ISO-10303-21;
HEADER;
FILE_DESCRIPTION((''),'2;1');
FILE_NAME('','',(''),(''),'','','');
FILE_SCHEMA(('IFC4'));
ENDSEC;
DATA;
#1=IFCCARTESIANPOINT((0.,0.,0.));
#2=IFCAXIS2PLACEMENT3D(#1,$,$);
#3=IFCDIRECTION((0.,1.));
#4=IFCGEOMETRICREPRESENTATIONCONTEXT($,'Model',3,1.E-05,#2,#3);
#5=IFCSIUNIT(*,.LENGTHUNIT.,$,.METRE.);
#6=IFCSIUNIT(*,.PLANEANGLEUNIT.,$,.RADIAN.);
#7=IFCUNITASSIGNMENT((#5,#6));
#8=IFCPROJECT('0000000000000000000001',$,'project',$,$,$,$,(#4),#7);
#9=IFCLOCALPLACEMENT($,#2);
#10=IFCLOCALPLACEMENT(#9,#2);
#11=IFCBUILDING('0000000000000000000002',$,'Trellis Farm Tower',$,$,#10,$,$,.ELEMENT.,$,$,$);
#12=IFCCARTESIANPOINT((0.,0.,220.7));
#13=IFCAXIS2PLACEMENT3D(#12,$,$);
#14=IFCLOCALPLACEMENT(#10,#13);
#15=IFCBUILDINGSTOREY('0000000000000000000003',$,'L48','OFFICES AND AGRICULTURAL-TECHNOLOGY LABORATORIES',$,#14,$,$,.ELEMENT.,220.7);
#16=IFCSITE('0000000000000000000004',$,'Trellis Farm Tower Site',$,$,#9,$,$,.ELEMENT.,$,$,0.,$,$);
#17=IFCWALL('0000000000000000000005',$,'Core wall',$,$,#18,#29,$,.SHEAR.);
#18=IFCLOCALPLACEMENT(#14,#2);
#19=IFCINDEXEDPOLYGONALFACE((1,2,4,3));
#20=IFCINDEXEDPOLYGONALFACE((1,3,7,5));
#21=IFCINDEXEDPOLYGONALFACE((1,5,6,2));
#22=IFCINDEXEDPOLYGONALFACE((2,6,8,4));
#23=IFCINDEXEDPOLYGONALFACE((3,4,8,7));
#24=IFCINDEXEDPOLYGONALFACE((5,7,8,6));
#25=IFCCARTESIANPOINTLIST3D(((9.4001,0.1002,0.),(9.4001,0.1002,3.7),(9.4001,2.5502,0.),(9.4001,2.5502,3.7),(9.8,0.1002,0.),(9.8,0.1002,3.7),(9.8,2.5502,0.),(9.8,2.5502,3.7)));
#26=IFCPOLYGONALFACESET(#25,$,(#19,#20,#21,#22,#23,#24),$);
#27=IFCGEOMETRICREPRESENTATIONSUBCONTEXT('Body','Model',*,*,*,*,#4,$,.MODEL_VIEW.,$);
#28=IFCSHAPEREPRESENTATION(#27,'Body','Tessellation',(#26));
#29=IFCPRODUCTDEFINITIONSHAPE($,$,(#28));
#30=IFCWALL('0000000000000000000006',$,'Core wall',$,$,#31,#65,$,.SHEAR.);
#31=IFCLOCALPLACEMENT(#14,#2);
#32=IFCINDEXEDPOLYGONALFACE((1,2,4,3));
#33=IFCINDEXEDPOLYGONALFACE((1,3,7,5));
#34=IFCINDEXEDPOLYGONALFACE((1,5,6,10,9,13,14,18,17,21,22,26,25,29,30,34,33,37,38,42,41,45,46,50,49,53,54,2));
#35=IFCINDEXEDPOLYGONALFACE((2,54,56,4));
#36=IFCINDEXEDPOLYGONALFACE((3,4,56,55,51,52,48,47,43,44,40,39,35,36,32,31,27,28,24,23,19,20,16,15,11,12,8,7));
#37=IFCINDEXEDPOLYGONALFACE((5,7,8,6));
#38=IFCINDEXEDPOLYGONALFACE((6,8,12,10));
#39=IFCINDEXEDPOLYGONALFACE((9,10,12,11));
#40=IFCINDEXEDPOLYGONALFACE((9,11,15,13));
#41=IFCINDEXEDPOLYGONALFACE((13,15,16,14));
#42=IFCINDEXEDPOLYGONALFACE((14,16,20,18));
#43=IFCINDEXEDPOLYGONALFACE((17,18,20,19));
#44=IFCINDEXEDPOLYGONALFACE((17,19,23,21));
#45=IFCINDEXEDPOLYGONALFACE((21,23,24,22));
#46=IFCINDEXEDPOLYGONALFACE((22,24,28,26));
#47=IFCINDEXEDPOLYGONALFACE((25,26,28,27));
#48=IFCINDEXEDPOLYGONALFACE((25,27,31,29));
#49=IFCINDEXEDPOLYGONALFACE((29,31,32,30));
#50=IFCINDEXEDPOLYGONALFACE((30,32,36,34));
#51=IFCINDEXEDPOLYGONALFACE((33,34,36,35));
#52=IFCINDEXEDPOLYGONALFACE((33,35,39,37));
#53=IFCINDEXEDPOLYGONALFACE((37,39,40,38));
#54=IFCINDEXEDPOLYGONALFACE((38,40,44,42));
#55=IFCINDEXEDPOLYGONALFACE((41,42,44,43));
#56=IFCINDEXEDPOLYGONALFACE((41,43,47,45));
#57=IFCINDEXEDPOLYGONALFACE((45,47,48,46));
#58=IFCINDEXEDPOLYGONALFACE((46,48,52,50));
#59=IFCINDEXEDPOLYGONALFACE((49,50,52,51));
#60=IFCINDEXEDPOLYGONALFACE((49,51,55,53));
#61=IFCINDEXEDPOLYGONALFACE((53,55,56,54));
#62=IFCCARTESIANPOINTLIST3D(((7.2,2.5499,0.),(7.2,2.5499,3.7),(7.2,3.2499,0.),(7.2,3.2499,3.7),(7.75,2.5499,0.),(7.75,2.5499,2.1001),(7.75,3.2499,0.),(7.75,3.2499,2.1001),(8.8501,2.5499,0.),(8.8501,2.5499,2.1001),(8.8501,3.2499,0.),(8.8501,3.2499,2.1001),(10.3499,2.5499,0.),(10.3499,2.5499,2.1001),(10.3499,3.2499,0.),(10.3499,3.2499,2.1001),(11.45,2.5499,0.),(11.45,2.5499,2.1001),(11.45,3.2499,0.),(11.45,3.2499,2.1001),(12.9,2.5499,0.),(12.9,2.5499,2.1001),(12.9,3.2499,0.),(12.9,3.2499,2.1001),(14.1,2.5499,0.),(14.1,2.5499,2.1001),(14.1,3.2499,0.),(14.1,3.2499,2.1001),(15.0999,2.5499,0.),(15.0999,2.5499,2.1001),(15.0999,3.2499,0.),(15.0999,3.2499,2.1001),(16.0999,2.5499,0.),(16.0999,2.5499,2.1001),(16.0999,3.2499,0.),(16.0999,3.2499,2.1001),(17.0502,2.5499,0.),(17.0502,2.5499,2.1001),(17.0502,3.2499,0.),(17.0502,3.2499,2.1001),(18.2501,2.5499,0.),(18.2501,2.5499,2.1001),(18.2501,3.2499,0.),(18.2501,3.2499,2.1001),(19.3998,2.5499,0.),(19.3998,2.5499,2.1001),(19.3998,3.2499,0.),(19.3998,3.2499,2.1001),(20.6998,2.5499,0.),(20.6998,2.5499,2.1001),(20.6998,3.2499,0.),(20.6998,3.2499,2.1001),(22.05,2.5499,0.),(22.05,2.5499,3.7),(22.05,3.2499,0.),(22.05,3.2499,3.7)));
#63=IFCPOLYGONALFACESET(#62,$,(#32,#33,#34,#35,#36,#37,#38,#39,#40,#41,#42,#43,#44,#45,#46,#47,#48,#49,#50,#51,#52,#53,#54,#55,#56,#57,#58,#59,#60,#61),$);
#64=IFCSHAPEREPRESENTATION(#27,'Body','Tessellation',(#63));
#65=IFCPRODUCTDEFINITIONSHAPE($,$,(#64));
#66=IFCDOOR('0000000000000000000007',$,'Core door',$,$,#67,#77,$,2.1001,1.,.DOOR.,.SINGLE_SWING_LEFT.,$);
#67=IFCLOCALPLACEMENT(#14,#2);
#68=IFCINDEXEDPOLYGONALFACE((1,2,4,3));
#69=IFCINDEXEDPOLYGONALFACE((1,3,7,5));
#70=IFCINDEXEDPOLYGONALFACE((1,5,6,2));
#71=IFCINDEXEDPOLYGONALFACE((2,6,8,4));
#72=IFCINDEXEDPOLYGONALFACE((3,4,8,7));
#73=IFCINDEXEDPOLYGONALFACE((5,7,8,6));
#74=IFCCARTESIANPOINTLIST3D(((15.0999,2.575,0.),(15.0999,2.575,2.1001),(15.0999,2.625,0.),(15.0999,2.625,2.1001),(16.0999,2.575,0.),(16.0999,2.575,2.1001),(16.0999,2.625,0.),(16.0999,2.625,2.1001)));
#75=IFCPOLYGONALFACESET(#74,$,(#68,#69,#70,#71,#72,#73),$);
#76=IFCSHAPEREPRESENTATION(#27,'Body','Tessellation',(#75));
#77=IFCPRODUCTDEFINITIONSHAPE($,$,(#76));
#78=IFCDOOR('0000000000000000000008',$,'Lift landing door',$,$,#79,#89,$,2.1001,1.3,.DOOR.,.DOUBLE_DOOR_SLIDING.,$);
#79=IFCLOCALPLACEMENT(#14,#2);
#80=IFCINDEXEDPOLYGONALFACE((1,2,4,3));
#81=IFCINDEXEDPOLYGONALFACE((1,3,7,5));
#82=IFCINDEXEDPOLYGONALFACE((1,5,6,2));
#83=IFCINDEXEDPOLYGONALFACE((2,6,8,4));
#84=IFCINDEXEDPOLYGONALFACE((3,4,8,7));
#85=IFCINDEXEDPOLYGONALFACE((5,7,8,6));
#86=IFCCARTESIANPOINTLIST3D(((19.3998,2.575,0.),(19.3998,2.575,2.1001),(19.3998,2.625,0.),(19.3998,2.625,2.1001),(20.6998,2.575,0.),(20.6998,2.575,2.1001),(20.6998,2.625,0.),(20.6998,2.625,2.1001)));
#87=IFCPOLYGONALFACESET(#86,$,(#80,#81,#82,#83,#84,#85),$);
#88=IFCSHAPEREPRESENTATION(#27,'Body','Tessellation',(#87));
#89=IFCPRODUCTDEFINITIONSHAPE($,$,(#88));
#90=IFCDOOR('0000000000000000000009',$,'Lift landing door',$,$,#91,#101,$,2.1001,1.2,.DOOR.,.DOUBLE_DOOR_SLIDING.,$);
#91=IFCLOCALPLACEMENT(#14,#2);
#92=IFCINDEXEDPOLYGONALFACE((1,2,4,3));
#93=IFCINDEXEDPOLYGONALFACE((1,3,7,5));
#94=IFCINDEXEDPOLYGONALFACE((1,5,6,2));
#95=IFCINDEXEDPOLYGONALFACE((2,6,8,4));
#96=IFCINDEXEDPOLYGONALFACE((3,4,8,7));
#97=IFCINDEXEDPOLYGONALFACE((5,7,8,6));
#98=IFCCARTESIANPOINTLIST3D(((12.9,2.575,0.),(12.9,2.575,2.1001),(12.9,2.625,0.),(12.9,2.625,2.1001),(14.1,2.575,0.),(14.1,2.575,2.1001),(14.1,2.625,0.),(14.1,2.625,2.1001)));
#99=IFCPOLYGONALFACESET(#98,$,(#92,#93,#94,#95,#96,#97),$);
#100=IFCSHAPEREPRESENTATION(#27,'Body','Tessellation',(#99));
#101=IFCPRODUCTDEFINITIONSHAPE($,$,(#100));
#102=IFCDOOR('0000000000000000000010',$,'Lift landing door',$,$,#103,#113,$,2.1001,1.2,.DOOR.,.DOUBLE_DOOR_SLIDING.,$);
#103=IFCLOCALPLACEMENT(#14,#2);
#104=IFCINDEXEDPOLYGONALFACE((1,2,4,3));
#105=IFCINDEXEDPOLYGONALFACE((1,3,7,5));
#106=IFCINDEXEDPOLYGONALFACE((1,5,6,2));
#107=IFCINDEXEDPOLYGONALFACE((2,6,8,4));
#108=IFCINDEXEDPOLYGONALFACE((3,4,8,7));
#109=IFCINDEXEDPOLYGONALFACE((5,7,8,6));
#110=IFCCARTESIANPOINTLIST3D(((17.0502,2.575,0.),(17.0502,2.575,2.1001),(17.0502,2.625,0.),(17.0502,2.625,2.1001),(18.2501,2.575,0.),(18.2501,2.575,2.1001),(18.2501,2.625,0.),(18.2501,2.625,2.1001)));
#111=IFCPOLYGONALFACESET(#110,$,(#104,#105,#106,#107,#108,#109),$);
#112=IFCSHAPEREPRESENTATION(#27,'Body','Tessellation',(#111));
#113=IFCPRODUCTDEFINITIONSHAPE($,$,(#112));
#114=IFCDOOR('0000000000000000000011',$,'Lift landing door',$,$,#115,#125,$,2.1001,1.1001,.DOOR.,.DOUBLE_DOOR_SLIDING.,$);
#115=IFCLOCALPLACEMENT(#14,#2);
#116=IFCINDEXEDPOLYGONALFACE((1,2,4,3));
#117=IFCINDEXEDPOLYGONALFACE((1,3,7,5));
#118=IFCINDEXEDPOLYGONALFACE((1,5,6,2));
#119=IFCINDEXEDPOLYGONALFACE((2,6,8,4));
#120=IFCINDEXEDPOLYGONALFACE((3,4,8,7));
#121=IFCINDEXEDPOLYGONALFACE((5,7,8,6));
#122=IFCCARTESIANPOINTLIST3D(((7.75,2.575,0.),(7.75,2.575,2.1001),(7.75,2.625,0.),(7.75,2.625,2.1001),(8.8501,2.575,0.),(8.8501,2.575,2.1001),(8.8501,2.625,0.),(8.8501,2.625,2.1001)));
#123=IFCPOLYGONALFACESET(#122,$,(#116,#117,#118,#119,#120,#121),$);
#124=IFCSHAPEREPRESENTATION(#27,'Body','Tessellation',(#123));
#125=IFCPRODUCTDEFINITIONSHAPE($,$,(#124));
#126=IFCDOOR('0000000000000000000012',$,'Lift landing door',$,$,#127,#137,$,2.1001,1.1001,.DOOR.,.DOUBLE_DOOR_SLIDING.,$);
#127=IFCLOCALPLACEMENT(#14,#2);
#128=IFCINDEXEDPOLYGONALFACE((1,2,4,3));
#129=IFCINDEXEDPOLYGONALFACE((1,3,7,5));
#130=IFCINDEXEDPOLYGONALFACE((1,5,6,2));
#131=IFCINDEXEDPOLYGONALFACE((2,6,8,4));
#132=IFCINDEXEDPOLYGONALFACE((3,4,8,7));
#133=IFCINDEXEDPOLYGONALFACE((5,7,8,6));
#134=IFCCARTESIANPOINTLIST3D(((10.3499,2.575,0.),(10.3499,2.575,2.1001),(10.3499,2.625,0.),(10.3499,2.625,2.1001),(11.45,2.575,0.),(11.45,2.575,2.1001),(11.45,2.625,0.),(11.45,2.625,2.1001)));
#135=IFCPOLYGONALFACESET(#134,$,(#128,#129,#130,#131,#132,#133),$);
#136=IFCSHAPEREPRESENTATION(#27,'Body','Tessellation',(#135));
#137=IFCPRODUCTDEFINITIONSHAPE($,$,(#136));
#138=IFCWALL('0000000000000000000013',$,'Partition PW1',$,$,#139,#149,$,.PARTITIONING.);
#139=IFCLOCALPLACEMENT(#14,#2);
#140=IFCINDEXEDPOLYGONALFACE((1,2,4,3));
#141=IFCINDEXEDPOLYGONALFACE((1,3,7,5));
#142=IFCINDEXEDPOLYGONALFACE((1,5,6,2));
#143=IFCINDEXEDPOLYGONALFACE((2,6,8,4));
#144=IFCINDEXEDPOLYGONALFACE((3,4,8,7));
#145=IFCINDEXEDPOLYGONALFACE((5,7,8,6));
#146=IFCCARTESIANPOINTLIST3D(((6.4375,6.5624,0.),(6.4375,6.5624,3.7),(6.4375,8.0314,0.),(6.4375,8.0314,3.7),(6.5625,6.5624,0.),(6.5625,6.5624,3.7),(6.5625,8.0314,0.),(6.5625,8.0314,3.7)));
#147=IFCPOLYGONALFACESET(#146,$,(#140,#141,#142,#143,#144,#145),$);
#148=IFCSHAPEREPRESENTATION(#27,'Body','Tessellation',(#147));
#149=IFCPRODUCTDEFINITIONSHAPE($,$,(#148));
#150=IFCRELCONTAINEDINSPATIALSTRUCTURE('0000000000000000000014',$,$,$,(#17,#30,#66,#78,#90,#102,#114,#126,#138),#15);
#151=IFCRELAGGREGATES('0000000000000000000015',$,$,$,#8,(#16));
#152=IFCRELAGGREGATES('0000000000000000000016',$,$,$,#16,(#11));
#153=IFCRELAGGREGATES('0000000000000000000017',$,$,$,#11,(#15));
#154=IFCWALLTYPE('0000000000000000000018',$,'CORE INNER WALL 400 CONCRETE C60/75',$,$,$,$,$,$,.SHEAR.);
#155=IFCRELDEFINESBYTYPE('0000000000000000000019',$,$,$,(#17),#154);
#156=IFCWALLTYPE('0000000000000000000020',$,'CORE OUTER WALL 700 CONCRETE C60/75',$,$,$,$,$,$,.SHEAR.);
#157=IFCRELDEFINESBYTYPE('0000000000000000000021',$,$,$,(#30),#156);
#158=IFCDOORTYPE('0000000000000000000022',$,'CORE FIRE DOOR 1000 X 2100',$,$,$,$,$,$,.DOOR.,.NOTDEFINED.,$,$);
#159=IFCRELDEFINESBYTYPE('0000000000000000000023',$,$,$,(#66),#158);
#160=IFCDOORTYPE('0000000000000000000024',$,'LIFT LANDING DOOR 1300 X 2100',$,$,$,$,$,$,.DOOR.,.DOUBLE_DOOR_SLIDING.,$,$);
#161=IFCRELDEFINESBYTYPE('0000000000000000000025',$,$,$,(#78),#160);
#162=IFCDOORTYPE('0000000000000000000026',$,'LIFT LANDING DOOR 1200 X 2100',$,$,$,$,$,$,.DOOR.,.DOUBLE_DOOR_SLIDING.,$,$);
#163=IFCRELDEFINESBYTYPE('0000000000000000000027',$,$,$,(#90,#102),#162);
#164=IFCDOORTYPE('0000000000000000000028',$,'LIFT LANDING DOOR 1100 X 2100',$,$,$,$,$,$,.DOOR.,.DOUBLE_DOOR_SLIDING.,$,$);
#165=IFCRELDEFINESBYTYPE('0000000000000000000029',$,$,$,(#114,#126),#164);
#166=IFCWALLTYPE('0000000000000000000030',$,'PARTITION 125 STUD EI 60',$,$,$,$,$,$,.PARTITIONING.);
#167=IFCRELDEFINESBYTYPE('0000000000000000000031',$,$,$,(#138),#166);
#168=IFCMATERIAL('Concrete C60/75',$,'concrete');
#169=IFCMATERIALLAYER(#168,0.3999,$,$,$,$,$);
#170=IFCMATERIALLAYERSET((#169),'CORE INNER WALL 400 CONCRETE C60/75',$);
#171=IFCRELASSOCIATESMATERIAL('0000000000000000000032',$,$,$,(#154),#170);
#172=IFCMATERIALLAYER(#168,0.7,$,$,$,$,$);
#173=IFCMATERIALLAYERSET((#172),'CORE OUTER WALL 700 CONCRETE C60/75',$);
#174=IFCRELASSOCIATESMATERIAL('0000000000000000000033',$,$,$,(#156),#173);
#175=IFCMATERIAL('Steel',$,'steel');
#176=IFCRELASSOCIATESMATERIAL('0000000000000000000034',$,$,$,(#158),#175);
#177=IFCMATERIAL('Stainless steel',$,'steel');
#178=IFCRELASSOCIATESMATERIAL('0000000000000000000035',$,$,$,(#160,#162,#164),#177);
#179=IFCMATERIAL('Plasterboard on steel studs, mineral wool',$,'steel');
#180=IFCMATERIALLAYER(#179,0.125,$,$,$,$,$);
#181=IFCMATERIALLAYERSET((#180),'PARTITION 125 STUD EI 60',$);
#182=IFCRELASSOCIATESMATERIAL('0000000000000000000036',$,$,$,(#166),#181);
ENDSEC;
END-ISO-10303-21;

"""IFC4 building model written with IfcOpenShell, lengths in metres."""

from ifc_helpers import new_model, si_unit, direction, frame, frame_2d, origin, place, context, subcontext, project, spatial, rectangle, extrude, source, transform, mapped, material, layer, layer_set, type_object, element, fill, save


model = new_model("IFC4")

# Units and contexts
model_context = context("Model", 3, precision=1e-05, world=origin(), true_north=direction((0.0, 1.0)))
body_context = subcontext(model_context, "Body", "Model", "MODEL_VIEW")
ifc_project = project(units=[si_unit("LENGTHUNIT", "METRE"), si_unit("PLANEANGLEUNIT", "RADIAN")], contexts=[model_context])

# Site, building, storey
site_placement = place(None, origin())
site = spatial("IfcSite", under=ifc_project, at=site_placement, Name="Trellis Farm Tower Site", CompositionType="ELEMENT", RefElevation=0.0)
building_placement = place(site_placement, origin())
building = spatial("IfcBuilding", under=site, at=building_placement, Name="Trellis Farm Tower", CompositionType="ELEMENT")
storey_placement = place(building_placement, frame((0.0, 0.0, 220.7)))
storey = spatial("IfcBuildingStorey", under=building, at=storey_placement, Name="L48", Description="OFFICES AND AGRICULTURAL-TECHNOLOGY LABORATORIES", CompositionType="ELEMENT", Elevation=220.7)

# Shared definitions
ifc_material_1 = material(Name="Concrete C60/75", Category="concrete")

# Wall
ifc_layer_1 = layer(ifc_material_1, 0.3999)
ifc_layer_set_1 = layer_set([ifc_layer_1], Name="CORE INNER WALL 400 CONCRETE C60/75")
wall_type_1 = type_object("IfcWallType", Name="CORE INNER WALL 400 CONCRETE C60/75", PredefinedType="SHEAR", material=ifc_layer_set_1)
shared_shape_1 = source(origin(), body_context, "Body", "SweptSolid", [
    extrude(rectangle(XDim=2.45, YDim=0.3999, at=frame_2d((1.2251, 0.0))), origin(), (0.0, 0.0, 1.0), 3.7),
])
wall_1_placement = place(storey_placement, frame((9.6001, 0.1001, 0.0), z_axis=(0.0, 0.0, 1.0), x_axis=(0.0, 1.0, 0.0)))
element("IfcWall", 1, at=wall_1_placement, inside=storey, type_object=wall_type_1, Name="Core wall", PredefinedType="SHEAR", context=body_context, shape_type="MappedRepresentation", body=[
    mapped(shared_shape_1, transform((0.0, 0.0, 0.0))),
])

# Wall, openings, doors
ifc_layer_2 = layer(ifc_material_1, 0.7)
ifc_layer_set_2 = layer_set([ifc_layer_2], Name="CORE OUTER WALL 700 CONCRETE C60/75")
wall_type_2 = type_object("IfcWallType", Name="CORE OUTER WALL 700 CONCRETE C60/75", PredefinedType="SHEAR", material=ifc_layer_set_2)
shared_shape_2 = source(origin(), body_context, "Body", "SweptSolid", [
    extrude(rectangle(XDim=14.8501, YDim=0.7, at=frame_2d((7.425, 0.0))), origin(), (0.0, 0.0, 1.0), 3.7),
])
wall_2_placement = place(storey_placement, frame((7.2, 2.8999, 0.0), z_axis=(0.0, 0.0, 1.0), x_axis=(1.0, 0.0, 0.0)))
wall_2 = element("IfcWall", 2, at=wall_2_placement, inside=storey, type_object=wall_type_2, Name="Core wall", PredefinedType="SHEAR", context=body_context, shape_type="MappedRepresentation", body=[
    mapped(shared_shape_2, transform((0.0, 0.0, 0.0))),
])
shared_shape_3 = source(origin(), body_context, "Body", "SweptSolid", [
    extrude(rectangle(XDim=1.1001, YDim=2.1001, at=frame_2d((0.55, 1.05))), frame((0.0, 0.3601, 0.0), z_axis=(0.0, -1.0, 0.0), x_axis=(1.0, 0.0, 0.0)), (0.0, 0.0, 1.0), 0.7202),
])
opening_1_placement = place(wall_2_placement, frame((0.55, 0.0, 0.0)))
opening_1 = element("IfcOpeningElement", 3, at=opening_1_placement, cuts=wall_2, PredefinedType="OPENING", context=body_context, shape_type="MappedRepresentation", body=[
    mapped(shared_shape_3, transform((0.0, 0.0, 0.0))),
])
opening_2_placement = place(wall_2_placement, frame((3.1499, 0.0, 0.0)))
opening_2 = element("IfcOpeningElement", 4, at=opening_2_placement, cuts=wall_2, PredefinedType="OPENING", context=body_context, shape_type="MappedRepresentation", body=[
    mapped(shared_shape_3, transform((0.0, 0.0, 0.0))),
])
shared_shape_4 = source(origin(), body_context, "Body", "SweptSolid", [
    extrude(rectangle(XDim=1.2, YDim=2.1001, at=frame_2d((0.6001, 1.05))), frame((0.0, 0.3601, 0.0), z_axis=(0.0, -1.0, 0.0), x_axis=(1.0, 0.0, 0.0)), (0.0, 0.0, 1.0), 0.7202),
])
opening_3_placement = place(wall_2_placement, frame((5.7, 0.0, 0.0)))
opening_3 = element("IfcOpeningElement", 5, at=opening_3_placement, cuts=wall_2, PredefinedType="OPENING", context=body_context, shape_type="MappedRepresentation", body=[
    mapped(shared_shape_4, transform((0.0, 0.0, 0.0))),
])
shared_shape_5 = source(origin(), body_context, "Body", "SweptSolid", [
    extrude(rectangle(XDim=1.3, YDim=2.1001, at=frame_2d((0.6499, 1.05))), frame((0.0, 0.3601, 0.0), z_axis=(0.0, -1.0, 0.0), x_axis=(1.0, 0.0, 0.0)), (0.0, 0.0, 1.0), 0.7202),
])
opening_4_placement = place(wall_2_placement, frame((12.2, 0.0, 0.0)))
opening_4 = element("IfcOpeningElement", 6, at=opening_4_placement, cuts=wall_2, PredefinedType="OPENING", context=body_context, shape_type="MappedRepresentation", body=[
    mapped(shared_shape_5, transform((0.0, 0.0, 0.0))),
])
opening_5_placement = place(wall_2_placement, frame((9.8501, 0.0, 0.0)))
opening_5 = element("IfcOpeningElement", 7, at=opening_5_placement, cuts=wall_2, PredefinedType="OPENING", context=body_context, shape_type="MappedRepresentation", body=[
    mapped(shared_shape_4, transform((0.0, 0.0, 0.0))),
])
shared_shape_6 = source(origin(), body_context, "Body", "SweptSolid", [
    extrude(rectangle(XDim=1.0, YDim=2.1001, at=frame_2d((0.5, 1.05))), frame((0.0, 0.3601, 0.0), z_axis=(0.0, -1.0, 0.0), x_axis=(1.0, 0.0, 0.0)), (0.0, 0.0, 1.0), 0.7202),
])
opening_6_placement = place(wall_2_placement, frame((7.8999, 0.0, 0.0)))
opening_6 = element("IfcOpeningElement", 8, at=opening_6_placement, cuts=wall_2, PredefinedType="OPENING", context=body_context, shape_type="MappedRepresentation", body=[
    mapped(shared_shape_6, transform((0.0, 0.0, 0.0))),
])
ifc_material_2 = material(Name="Steel", Category="steel")
door_type_1 = type_object("IfcDoorType", Name="CORE FIRE DOOR 1000 X 2100", OperationType="NOTDEFINED", PredefinedType="DOOR", material=ifc_material_2)
shared_shape_7 = source(origin(), body_context, "Body", "SweptSolid", [
    extrude(rectangle(XDim=1.0, YDim=2.1001, at=frame_2d((0.5, 1.05))), frame((0.0, -0.2749, 0.0), z_axis=(0.0, -1.0, 0.0), x_axis=(1.0, 0.0, 0.0)), (0.0, 0.0, 1.0), 0.05),
])
door_1_placement = place(opening_6_placement, origin())
door_1 = element("IfcDoor", 9, at=door_1_placement, inside=storey, type_object=door_type_1, Name="Core door", OperationType="SINGLE_SWING_LEFT", OverallHeight=2.1001, OverallWidth=1.0, PredefinedType="DOOR", context=body_context, shape_type="MappedRepresentation", body=[
    mapped(shared_shape_7, transform((0.0, 0.0, 0.0))),
])
fill(opening_6, door_1)
ifc_material_3 = material(Name="Stainless steel", Category="steel")
door_type_2 = type_object("IfcDoorType", Name="LIFT LANDING DOOR 1300 X 2100", OperationType="DOUBLE_DOOR_SLIDING", PredefinedType="DOOR", material=ifc_material_3)
shared_shape_8 = source(origin(), body_context, "Body", "SweptSolid", [
    extrude(rectangle(XDim=1.3, YDim=2.1001, at=frame_2d((0.6499, 1.05))), frame((0.0, -0.2749, 0.0), z_axis=(0.0, -1.0, 0.0), x_axis=(1.0, 0.0, 0.0)), (0.0, 0.0, 1.0), 0.05),
])
door_2_placement = place(opening_4_placement, origin())
door_2 = element("IfcDoor", 10, at=door_2_placement, inside=storey, type_object=door_type_2, Name="Lift landing door", OperationType="DOUBLE_DOOR_SLIDING", OverallHeight=2.1001, OverallWidth=1.3, PredefinedType="DOOR", context=body_context, shape_type="MappedRepresentation", body=[
    mapped(shared_shape_8, transform((0.0, 0.0, 0.0))),
])
fill(opening_4, door_2)
door_type_3 = type_object("IfcDoorType", Name="LIFT LANDING DOOR 1200 X 2100", OperationType="DOUBLE_DOOR_SLIDING", PredefinedType="DOOR", material=ifc_material_3)
shared_shape_9 = source(origin(), body_context, "Body", "SweptSolid", [
    extrude(rectangle(XDim=1.2, YDim=2.1001, at=frame_2d((0.6001, 1.05))), frame((0.0, -0.2749, 0.0), z_axis=(0.0, -1.0, 0.0), x_axis=(1.0, 0.0, 0.0)), (0.0, 0.0, 1.0), 0.05),
])
door_3_placement = place(opening_3_placement, origin())
door_3 = element("IfcDoor", 11, at=door_3_placement, inside=storey, type_object=door_type_3, Name="Lift landing door", OperationType="DOUBLE_DOOR_SLIDING", OverallHeight=2.1001, OverallWidth=1.2, PredefinedType="DOOR", context=body_context, shape_type="MappedRepresentation", body=[
    mapped(shared_shape_9, transform((0.0, 0.0, 0.0))),
])
fill(opening_3, door_3)
door_4_placement = place(opening_5_placement, origin())
door_4 = element("IfcDoor", 12, at=door_4_placement, inside=storey, type_object=door_type_3, Name="Lift landing door", OperationType="DOUBLE_DOOR_SLIDING", OverallHeight=2.1001, OverallWidth=1.2, PredefinedType="DOOR", context=body_context, shape_type="MappedRepresentation", body=[
    mapped(shared_shape_9, transform((0.0, 0.0, 0.0))),
])
fill(opening_5, door_4)
door_type_4 = type_object("IfcDoorType", Name="LIFT LANDING DOOR 1100 X 2100", OperationType="DOUBLE_DOOR_SLIDING", PredefinedType="DOOR", material=ifc_material_3)
shared_shape_10 = source(origin(), body_context, "Body", "SweptSolid", [
    extrude(rectangle(XDim=1.1001, YDim=2.1001, at=frame_2d((0.55, 1.05))), frame((0.0, -0.2749, 0.0), z_axis=(0.0, -1.0, 0.0), x_axis=(1.0, 0.0, 0.0)), (0.0, 0.0, 1.0), 0.05),
])
door_5_placement = place(opening_1_placement, origin())
door_5 = element("IfcDoor", 13, at=door_5_placement, inside=storey, type_object=door_type_4, Name="Lift landing door", OperationType="DOUBLE_DOOR_SLIDING", OverallHeight=2.1001, OverallWidth=1.1001, PredefinedType="DOOR", context=body_context, shape_type="MappedRepresentation", body=[
    mapped(shared_shape_10, transform((0.0, 0.0, 0.0))),
])
fill(opening_1, door_5)
door_6_placement = place(opening_2_placement, origin())
door_6 = element("IfcDoor", 14, at=door_6_placement, inside=storey, type_object=door_type_4, Name="Lift landing door", OperationType="DOUBLE_DOOR_SLIDING", OverallHeight=2.1001, OverallWidth=1.1001, PredefinedType="DOOR", context=body_context, shape_type="MappedRepresentation", body=[
    mapped(shared_shape_10, transform((0.0, 0.0, 0.0))),
])
fill(opening_2, door_6)

# Wall
ifc_material_4 = material(Name="Plasterboard on steel studs, mineral wool", Category="steel")
ifc_layer_3 = layer(ifc_material_4, 0.125)
ifc_layer_set_3 = layer_set([ifc_layer_3], Name="PARTITION 125 STUD EI 60")
wall_type_3 = type_object("IfcWallType", Name="PARTITION 125 STUD EI 60", PredefinedType="PARTITIONING", material=ifc_layer_set_3)
shared_shape_11 = source(origin(), body_context, "Body", "SweptSolid", [
    extrude(rectangle(XDim=1.469, YDim=0.125, at=frame_2d((0.7344, 0.0))), origin(), (0.0, 0.0, 1.0), 3.7),
])
wall_3_placement = place(storey_placement, frame((6.5, 6.5625, 0.0), z_axis=(0.0, 0.0, 1.0), x_axis=(0.0, 1.0, 0.0)))
element("IfcWall", 15, at=wall_3_placement, inside=storey, type_object=wall_type_3, Name="Partition PW1", PredefinedType="PARTITIONING", context=body_context, shape_type="MappedRepresentation", body=[
    mapped(shared_shape_11, transform((0.0, 0.0, 0.0))),
])

save(model, "model.ifc")
